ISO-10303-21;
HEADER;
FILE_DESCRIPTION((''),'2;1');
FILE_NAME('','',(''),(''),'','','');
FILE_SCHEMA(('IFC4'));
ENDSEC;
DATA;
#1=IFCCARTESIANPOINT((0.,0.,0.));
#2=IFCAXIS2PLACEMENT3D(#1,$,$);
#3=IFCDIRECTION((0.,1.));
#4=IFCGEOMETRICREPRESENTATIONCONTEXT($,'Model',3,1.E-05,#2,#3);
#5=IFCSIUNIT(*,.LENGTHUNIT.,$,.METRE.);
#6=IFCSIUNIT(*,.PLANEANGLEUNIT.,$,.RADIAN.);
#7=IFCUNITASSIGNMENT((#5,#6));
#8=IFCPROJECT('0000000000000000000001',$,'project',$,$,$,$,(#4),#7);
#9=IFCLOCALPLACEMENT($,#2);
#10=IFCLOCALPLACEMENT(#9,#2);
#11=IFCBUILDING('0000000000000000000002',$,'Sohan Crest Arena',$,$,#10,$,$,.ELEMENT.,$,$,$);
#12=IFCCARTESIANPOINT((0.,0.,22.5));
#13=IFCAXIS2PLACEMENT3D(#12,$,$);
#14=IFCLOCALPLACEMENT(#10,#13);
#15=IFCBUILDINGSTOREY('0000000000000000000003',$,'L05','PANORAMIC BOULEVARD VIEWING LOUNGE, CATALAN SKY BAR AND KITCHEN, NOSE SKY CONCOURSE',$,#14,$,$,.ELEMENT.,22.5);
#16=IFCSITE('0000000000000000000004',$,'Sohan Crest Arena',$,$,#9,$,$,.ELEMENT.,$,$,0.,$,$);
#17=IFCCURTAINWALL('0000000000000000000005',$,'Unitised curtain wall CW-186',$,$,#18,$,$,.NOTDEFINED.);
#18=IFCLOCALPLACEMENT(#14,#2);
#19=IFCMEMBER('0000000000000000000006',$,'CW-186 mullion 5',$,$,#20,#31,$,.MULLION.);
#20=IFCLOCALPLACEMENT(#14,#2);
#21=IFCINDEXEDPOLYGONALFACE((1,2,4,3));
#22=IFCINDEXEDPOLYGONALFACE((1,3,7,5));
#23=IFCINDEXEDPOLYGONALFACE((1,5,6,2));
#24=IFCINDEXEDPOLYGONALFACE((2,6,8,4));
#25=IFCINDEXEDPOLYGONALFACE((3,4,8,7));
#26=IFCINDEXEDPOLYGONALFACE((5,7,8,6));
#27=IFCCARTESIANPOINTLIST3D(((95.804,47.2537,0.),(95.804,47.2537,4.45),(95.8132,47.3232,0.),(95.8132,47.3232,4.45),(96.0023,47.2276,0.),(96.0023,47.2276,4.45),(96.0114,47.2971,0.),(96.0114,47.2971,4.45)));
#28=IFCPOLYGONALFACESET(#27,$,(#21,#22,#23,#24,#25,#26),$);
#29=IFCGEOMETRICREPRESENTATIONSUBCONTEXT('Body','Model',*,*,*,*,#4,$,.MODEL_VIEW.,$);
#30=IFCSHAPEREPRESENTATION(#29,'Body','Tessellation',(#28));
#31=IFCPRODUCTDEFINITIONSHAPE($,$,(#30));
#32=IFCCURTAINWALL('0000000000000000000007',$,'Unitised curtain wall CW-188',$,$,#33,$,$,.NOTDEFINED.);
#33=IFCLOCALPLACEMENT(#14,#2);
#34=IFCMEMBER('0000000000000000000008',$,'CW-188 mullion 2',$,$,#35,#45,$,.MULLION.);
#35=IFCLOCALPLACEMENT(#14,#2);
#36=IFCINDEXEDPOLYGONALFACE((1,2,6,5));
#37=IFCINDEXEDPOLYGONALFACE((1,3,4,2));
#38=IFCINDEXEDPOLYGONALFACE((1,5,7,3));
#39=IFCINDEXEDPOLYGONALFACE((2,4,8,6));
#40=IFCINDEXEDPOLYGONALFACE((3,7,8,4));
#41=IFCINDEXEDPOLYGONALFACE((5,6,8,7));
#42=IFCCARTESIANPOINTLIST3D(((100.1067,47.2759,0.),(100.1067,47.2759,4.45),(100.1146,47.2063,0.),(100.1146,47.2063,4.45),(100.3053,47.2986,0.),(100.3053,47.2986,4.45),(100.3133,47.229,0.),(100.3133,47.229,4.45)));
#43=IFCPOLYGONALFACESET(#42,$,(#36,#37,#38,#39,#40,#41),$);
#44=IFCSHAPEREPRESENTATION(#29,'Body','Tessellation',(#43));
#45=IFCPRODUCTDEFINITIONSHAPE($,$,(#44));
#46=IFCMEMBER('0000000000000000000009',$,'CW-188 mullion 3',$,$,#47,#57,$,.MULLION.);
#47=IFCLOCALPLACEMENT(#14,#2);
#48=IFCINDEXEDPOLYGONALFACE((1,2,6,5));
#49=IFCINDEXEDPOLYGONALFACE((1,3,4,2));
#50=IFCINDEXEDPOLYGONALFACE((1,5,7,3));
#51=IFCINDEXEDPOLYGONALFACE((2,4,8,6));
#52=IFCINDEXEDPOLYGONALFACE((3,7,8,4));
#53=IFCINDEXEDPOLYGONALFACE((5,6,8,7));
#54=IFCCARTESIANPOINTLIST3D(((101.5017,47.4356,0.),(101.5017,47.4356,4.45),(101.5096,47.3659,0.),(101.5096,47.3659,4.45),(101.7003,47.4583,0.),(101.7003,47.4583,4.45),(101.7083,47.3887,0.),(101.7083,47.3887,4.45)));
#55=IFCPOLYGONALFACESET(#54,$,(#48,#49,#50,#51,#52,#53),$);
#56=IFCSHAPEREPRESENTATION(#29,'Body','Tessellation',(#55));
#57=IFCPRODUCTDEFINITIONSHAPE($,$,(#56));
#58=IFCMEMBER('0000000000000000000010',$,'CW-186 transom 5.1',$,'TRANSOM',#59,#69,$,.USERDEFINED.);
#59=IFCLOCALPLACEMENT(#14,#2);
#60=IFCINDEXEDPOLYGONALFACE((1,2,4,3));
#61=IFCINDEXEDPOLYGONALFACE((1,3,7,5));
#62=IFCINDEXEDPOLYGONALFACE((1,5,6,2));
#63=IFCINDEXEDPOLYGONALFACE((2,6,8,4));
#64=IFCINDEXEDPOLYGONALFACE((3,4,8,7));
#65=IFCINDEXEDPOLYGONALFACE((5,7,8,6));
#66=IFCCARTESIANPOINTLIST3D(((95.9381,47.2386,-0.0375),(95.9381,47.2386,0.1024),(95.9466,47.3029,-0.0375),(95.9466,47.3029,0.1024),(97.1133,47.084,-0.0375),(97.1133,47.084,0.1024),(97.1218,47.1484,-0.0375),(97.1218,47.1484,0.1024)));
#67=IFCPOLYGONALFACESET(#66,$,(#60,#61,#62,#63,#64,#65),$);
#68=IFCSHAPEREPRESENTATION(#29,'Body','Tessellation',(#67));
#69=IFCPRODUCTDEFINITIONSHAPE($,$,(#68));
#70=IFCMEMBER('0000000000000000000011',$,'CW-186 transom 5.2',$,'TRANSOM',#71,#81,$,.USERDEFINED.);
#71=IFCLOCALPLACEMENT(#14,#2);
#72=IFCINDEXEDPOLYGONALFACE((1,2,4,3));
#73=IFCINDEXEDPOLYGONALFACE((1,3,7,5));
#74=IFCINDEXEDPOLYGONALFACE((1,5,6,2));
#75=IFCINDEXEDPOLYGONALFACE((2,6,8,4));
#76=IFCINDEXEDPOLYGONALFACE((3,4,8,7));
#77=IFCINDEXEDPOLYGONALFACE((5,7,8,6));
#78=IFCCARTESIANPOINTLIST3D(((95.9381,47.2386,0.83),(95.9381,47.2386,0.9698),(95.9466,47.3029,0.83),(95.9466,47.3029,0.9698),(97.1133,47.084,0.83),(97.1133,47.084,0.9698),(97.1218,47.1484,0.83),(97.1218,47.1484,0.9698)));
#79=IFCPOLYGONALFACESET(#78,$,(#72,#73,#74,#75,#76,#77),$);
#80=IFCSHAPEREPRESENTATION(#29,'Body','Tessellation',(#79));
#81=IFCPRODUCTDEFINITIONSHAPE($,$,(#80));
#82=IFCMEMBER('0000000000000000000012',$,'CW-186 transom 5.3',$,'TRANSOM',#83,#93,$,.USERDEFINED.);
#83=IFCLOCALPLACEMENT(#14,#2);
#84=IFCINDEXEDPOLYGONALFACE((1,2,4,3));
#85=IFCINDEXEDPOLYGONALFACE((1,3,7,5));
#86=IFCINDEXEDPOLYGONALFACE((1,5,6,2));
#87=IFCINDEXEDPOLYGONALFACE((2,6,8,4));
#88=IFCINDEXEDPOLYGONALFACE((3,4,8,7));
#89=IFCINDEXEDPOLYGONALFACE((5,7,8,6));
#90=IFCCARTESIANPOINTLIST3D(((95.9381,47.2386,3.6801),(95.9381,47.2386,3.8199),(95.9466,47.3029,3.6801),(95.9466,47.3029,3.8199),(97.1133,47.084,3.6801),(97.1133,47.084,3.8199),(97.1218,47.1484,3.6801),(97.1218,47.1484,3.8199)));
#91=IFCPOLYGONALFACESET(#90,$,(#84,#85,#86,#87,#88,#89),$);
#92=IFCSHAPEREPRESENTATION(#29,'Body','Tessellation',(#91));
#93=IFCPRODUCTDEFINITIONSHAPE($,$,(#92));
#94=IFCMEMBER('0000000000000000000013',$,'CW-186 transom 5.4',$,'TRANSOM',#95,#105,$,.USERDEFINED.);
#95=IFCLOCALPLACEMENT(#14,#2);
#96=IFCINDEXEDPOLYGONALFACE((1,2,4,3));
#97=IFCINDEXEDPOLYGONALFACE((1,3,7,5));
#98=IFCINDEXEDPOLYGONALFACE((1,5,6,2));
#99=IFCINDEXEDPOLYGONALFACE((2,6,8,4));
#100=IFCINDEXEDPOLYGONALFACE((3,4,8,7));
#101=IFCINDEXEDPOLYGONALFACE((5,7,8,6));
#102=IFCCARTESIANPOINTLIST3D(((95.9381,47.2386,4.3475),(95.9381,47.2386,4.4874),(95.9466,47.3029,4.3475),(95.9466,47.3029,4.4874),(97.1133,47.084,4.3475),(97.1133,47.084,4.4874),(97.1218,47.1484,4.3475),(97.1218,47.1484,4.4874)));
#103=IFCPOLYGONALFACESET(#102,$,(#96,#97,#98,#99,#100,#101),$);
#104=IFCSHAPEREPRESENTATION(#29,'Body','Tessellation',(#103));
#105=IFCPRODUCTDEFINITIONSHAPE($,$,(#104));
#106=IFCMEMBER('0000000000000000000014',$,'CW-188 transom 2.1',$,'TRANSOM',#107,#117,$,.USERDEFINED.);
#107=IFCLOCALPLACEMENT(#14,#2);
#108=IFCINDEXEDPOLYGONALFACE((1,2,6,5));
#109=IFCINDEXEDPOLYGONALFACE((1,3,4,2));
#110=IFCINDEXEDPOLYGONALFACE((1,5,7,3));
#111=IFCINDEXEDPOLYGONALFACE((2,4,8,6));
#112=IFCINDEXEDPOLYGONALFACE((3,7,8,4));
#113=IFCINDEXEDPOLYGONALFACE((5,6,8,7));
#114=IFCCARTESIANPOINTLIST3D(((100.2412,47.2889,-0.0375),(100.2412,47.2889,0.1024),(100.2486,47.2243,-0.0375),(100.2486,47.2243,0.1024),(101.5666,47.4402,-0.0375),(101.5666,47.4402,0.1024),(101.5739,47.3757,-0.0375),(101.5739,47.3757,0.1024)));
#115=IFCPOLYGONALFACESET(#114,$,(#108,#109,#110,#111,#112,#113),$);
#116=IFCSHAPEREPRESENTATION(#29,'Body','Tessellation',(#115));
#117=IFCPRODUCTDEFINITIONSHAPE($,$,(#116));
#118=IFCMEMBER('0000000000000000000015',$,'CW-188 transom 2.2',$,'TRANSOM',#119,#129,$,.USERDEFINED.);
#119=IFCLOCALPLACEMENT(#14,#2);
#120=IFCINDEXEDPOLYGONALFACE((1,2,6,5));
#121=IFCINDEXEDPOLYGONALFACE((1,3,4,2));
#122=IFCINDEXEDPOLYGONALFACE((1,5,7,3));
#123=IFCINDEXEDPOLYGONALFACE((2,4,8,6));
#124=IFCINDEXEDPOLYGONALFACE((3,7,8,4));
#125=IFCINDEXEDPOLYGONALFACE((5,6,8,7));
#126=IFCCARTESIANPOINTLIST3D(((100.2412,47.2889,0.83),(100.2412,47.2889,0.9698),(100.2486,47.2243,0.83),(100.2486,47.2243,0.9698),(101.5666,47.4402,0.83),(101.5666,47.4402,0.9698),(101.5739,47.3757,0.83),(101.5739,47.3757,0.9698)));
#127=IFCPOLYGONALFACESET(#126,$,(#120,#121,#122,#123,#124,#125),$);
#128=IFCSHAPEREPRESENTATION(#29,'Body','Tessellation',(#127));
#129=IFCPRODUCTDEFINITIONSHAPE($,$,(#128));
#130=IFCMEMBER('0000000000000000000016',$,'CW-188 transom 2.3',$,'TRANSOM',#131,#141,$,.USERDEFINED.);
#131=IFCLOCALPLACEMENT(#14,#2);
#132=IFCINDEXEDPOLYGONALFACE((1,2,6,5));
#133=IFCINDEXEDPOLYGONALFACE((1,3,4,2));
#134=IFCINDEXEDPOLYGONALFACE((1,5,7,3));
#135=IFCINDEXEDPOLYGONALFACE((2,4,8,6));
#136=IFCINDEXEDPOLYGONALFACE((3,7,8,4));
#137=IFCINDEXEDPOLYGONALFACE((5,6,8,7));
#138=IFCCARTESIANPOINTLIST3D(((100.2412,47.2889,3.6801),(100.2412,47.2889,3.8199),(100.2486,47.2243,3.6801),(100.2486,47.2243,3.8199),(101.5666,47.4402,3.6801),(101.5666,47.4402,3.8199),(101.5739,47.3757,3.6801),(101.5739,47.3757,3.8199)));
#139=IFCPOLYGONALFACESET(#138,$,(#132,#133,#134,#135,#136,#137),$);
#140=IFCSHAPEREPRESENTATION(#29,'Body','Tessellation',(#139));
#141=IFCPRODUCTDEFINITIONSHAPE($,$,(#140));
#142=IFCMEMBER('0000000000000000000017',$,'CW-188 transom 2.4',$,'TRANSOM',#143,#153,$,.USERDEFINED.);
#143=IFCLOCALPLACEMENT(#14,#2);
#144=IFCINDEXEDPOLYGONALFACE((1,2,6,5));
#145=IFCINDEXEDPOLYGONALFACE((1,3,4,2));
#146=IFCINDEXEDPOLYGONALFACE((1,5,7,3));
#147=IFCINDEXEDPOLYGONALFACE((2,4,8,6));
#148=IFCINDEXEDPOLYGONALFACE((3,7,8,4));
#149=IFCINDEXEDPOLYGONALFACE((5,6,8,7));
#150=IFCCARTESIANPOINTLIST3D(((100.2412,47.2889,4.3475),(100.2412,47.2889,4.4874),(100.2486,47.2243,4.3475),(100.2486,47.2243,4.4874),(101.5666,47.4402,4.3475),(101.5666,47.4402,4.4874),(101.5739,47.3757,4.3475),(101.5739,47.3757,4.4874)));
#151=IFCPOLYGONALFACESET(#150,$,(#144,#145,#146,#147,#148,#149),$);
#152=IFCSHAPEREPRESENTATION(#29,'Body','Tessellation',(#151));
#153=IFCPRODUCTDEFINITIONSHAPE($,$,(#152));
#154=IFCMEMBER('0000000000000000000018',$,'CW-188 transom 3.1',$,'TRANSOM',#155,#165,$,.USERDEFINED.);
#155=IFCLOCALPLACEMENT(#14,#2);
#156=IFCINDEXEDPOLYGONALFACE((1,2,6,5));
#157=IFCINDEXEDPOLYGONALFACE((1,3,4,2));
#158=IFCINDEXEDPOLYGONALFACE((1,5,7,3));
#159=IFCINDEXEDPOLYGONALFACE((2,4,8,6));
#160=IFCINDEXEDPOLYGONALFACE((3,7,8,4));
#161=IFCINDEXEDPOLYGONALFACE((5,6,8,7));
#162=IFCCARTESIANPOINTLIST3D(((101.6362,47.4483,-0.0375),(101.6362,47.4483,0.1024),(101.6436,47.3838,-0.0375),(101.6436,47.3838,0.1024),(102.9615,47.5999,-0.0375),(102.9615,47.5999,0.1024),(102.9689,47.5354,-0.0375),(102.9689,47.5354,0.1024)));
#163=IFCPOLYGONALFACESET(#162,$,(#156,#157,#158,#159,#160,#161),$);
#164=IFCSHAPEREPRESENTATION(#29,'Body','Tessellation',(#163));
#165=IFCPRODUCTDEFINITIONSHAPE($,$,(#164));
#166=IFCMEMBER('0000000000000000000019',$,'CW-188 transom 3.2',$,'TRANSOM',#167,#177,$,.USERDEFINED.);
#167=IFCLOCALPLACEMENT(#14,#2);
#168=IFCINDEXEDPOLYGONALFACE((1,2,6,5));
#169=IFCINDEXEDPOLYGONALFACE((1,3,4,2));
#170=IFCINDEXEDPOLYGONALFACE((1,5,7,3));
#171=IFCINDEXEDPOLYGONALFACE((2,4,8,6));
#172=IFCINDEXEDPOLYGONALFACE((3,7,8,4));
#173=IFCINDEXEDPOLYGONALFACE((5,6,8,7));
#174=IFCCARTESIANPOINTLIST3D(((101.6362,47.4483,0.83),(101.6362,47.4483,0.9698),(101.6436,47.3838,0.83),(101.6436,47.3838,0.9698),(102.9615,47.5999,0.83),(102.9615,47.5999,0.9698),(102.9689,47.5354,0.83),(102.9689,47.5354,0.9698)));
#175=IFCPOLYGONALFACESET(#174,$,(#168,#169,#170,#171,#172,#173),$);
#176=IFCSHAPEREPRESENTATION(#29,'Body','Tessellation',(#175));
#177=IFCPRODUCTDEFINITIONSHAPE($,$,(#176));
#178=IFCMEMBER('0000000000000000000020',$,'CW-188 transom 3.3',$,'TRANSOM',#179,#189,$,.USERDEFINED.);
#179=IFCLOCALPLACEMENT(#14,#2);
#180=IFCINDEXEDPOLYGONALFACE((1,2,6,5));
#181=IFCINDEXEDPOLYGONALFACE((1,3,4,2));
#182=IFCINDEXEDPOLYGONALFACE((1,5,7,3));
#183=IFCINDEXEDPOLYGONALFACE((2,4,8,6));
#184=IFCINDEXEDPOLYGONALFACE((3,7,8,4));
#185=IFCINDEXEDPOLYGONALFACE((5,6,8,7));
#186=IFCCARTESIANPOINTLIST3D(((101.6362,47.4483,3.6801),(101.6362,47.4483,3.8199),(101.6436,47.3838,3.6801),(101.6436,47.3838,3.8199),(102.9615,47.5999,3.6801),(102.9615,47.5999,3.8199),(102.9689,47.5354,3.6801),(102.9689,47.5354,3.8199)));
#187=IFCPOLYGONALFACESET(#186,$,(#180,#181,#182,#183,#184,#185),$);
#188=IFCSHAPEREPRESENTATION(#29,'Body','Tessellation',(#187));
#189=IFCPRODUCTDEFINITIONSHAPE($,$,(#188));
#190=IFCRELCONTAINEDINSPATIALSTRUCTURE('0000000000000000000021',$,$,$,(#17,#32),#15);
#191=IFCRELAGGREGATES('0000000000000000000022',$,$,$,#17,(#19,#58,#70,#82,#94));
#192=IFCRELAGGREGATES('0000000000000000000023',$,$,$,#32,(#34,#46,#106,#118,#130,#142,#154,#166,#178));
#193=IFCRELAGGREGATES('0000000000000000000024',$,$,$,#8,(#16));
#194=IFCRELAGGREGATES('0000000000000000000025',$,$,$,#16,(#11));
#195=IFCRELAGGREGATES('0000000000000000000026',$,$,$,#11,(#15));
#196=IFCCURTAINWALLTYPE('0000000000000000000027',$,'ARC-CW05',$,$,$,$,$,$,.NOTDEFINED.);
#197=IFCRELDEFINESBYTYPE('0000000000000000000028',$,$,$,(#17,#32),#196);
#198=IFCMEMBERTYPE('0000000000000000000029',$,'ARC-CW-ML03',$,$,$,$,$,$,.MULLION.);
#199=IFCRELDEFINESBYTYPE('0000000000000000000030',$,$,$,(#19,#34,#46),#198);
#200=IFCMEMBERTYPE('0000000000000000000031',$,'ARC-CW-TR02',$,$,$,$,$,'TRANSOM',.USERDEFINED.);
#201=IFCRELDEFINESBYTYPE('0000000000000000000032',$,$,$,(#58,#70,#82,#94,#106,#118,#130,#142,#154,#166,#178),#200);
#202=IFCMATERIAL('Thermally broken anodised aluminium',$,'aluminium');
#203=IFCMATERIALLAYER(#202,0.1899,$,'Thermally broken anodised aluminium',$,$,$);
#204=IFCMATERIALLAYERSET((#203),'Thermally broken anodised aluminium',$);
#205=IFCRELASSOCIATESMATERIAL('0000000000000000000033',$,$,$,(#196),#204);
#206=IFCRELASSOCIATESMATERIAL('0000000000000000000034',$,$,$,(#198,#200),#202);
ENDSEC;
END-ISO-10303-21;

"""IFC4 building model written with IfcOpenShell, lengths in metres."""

from ifc_helpers import new_model, si_unit, direction, frame, origin, origin_2d, place, context, subcontext, project, spatial, rectangle, extrude, material, layer, layer_set, material_profile, profile_set, type_object, element, aggregate, save


model = new_model("IFC4")

# Units and contexts
model_context = context("Model", 3, precision=1e-05, world=origin(), true_north=direction((0.0, 1.0)))
body_context = subcontext(model_context, "Body", "Model", "MODEL_VIEW")
ifc_project = project(units=[si_unit("LENGTHUNIT", "METRE"), si_unit("PLANEANGLEUNIT", "RADIAN")], contexts=[model_context])

# Site, building, storey
site_placement = place(None, origin())
site = spatial("IfcSite", under=ifc_project, at=site_placement, Name="Sohan Crest Arena", CompositionType="ELEMENT", RefElevation=0.0)
building_placement = place(site_placement, origin())
building = spatial("IfcBuilding", under=site, at=building_placement, Name="Sohan Crest Arena", CompositionType="ELEMENT")
storey_placement = place(building_placement, frame((0.0, 0.0, 22.5)))
storey = spatial("IfcBuildingStorey", under=building, at=storey_placement, Name="L05", Description="PANORAMIC BOULEVARD VIEWING LOUNGE, CATALAN SKY BAR AND KITCHEN, NOSE SKY CONCOURSE", CompositionType="ELEMENT", Elevation=22.5)

# Curtain wall, member
ifc_material_1 = material(Name="Thermally broken anodised aluminium", Category="aluminium")
ifc_layer_1 = layer(ifc_material_1, 0.1899, Name="Thermally broken anodised aluminium")
ifc_layer_set_1 = layer_set([ifc_layer_1], Name="Thermally broken anodised aluminium")
curtain_wall_type = type_object("IfcCurtainWallType", Name="ARC-CW05", PredefinedType="NOTDEFINED", material=ifc_layer_set_1)
curtain_wall_1_placement = place(storey_placement, origin())
curtain_wall_1 = element("IfcCurtainWall", 1, at=curtain_wall_1_placement, inside=storey, type_object=curtain_wall_type, Name="Unitised curtain wall CW-186", PredefinedType="NOTDEFINED")
ifc_material_profile_1 = material_profile(ifc_material_1, rectangle(XDim=0.0701, YDim=0.2, at=origin_2d()), Name="ALU-MULL 70x200")
ifc_profile_set_1 = profile_set([ifc_material_profile_1], Name="Thermally broken anodised aluminium")
member_type_1 = type_object("IfcMemberType", Name="ARC-CW-ML03", PredefinedType="MULLION", material=ifc_profile_set_1)
member_1_placement = place(storey_placement, frame((95.9077, 47.2754, 0.0), z_axis=(0.0, 0.0, 1.0), x_axis=(0.130499, 0.991448, 0.0)))
member_1 = element("IfcMember", 2, at=member_1_placement, type_object=member_type_1, Name="CW-186 mullion 5", PredefinedType="MULLION", context=body_context, shape_type="SweptSolid", body=[
    extrude(rectangle(XDim=0.0701, YDim=0.2, at=origin_2d()), origin(), (0.0, 0.0, 1.0), 4.45),
])

# Curtain wall, members
curtain_wall_2_placement = place(storey_placement, origin())
curtain_wall_2 = element("IfcCurtainWall", 3, at=curtain_wall_2_placement, inside=storey, type_object=curtain_wall_type, Name="Unitised curtain wall CW-188", PredefinedType="NOTDEFINED")
member_2_placement = place(storey_placement, frame((100.21, 47.2524, 0.0), z_axis=(0.0, 0.0, 1.0), x_axis=(-0.113597, 0.993527, 0.0)))
member_2 = element("IfcMember", 4, at=member_2_placement, type_object=member_type_1, Name="CW-188 mullion 2", PredefinedType="MULLION", context=body_context, shape_type="SweptSolid", body=[
    extrude(rectangle(XDim=0.0701, YDim=0.2, at=origin_2d()), origin(), (0.0, 0.0, 1.0), 4.45),
])
member_3_placement = place(storey_placement, frame((101.605, 47.4121, 0.0), z_axis=(0.0, 0.0, 1.0), x_axis=(-0.113597, 0.993527, 0.0)))
member_3 = element("IfcMember", 5, at=member_3_placement, type_object=member_type_1, Name="CW-188 mullion 3", PredefinedType="MULLION", context=body_context, shape_type="SweptSolid", body=[
    extrude(rectangle(XDim=0.0701, YDim=0.2, at=origin_2d()), origin(), (0.0, 0.0, 1.0), 4.45),
])

# Members
ifc_material_profile_2 = material_profile(ifc_material_1, rectangle(XDim=0.0649, YDim=0.1399, at=origin_2d()), Name="ALU-TRAN 65x140")
ifc_profile_set_2 = profile_set([ifc_material_profile_2], Name="Thermally broken anodised aluminium")
member_type_2 = type_object("IfcMemberType", Name="ARC-CW-TR02", ElementType="TRANSOM", PredefinedType="USERDEFINED", material=ifc_profile_set_2)
member_4_placement = place(storey_placement, frame((95.9424, 47.2708, 0.0325), z_axis=(0.991466, -0.130369, 0.0), x_axis=(0.130369, 0.991466, 0.0)))
member_4 = element("IfcMember", 6, at=member_4_placement, type_object=member_type_2, Name="CW-186 transom 5.1", ObjectType="TRANSOM", PredefinedType="USERDEFINED", context=body_context, shape_type="SweptSolid", body=[
    extrude(rectangle(XDim=0.0649, YDim=0.1399, at=origin_2d()), origin(), (0.0, 0.0, 1.0), 1.1853),
])
member_5_placement = place(storey_placement, frame((95.9424, 47.2708, 0.8999), z_axis=(0.991466, -0.130369, 0.0), x_axis=(0.130369, 0.991466, 0.0)))
member_5 = element("IfcMember", 7, at=member_5_placement, type_object=member_type_2, Name="CW-186 transom 5.2", ObjectType="TRANSOM", PredefinedType="USERDEFINED", context=body_context, shape_type="SweptSolid", body=[
    extrude(rectangle(XDim=0.0649, YDim=0.1399, at=origin_2d()), origin(), (0.0, 0.0, 1.0), 1.1853),
])
member_6_placement = place(storey_placement, frame((95.9424, 47.2708, 3.75), z_axis=(0.991466, -0.130369, 0.0), x_axis=(0.130369, 0.991466, 0.0)))
member_6 = element("IfcMember", 8, at=member_6_placement, type_object=member_type_2, Name="CW-186 transom 5.3", ObjectType="TRANSOM", PredefinedType="USERDEFINED", context=body_context, shape_type="SweptSolid", body=[
    extrude(rectangle(XDim=0.0649, YDim=0.1399, at=origin_2d()), origin(), (0.0, 0.0, 1.0), 1.1853),
])
member_7_placement = place(storey_placement, frame((95.9424, 47.2708, 4.4175), z_axis=(0.991466, -0.130369, 0.0), x_axis=(0.130369, 0.991466, 0.0)))
member_7 = element("IfcMember", 9, at=member_7_placement, type_object=member_type_2, Name="CW-186 transom 5.4", ObjectType="TRANSOM", PredefinedType="USERDEFINED", context=body_context, shape_type="SweptSolid", body=[
    extrude(rectangle(XDim=0.0649, YDim=0.1399, at=origin_2d()), origin(), (0.0, 0.0, 1.0), 1.1853),
])
member_8_placement = place(storey_placement, frame((100.2449, 47.2566, 0.0325), z_axis=(0.993542, 0.113464, 0.0), x_axis=(-0.113464, 0.993542, 0.0)))
member_8 = element("IfcMember", 10, at=member_8_placement, type_object=member_type_2, Name="CW-188 transom 2.1", ObjectType="TRANSOM", PredefinedType="USERDEFINED", context=body_context, shape_type="SweptSolid", body=[
    extrude(rectangle(XDim=0.0649, YDim=0.1399, at=origin_2d()), origin(), (0.0, 0.0, 1.0), 1.334),
])
member_9_placement = place(storey_placement, frame((100.2449, 47.2566, 0.8999), z_axis=(0.993542, 0.113464, 0.0), x_axis=(-0.113464, 0.993542, 0.0)))
member_9 = element("IfcMember", 11, at=member_9_placement, type_object=member_type_2, Name="CW-188 transom 2.2", ObjectType="TRANSOM", PredefinedType="USERDEFINED", context=body_context, shape_type="SweptSolid", body=[
    extrude(rectangle(XDim=0.0649, YDim=0.1399, at=origin_2d()), origin(), (0.0, 0.0, 1.0), 1.334),
])
member_10_placement = place(storey_placement, frame((100.2449, 47.2566, 3.75), z_axis=(0.993542, 0.113464, 0.0), x_axis=(-0.113464, 0.993542, 0.0)))
member_10 = element("IfcMember", 12, at=member_10_placement, type_object=member_type_2, Name="CW-188 transom 2.3", ObjectType="TRANSOM", PredefinedType="USERDEFINED", context=body_context, shape_type="SweptSolid", body=[
    extrude(rectangle(XDim=0.0649, YDim=0.1399, at=origin_2d()), origin(), (0.0, 0.0, 1.0), 1.334),
])
member_11_placement = place(storey_placement, frame((100.2449, 47.2566, 4.4175), z_axis=(0.993542, 0.113464, 0.0), x_axis=(-0.113464, 0.993542, 0.0)))
member_11 = element("IfcMember", 13, at=member_11_placement, type_object=member_type_2, Name="CW-188 transom 2.4", ObjectType="TRANSOM", PredefinedType="USERDEFINED", context=body_context, shape_type="SweptSolid", body=[
    extrude(rectangle(XDim=0.0649, YDim=0.1399, at=origin_2d()), origin(), (0.0, 0.0, 1.0), 1.334),
])
member_12_placement = place(storey_placement, frame((101.6399, 47.416, 0.0325), z_axis=(0.993521, 0.113645, 0.0), x_axis=(-0.113645, 0.993521, 0.0)))
member_12 = element("IfcMember", 14, at=member_12_placement, type_object=member_type_2, Name="CW-188 transom 3.1", ObjectType="TRANSOM", PredefinedType="USERDEFINED", context=body_context, shape_type="SweptSolid", body=[
    extrude(rectangle(XDim=0.0649, YDim=0.1399, at=origin_2d()), origin(), (0.0, 0.0, 1.0), 1.334),
])
member_13_placement = place(storey_placement, frame((101.6399, 47.416, 0.8999), z_axis=(0.993521, 0.113645, 0.0), x_axis=(-0.113645, 0.993521, 0.0)))
member_13 = element("IfcMember", 15, at=member_13_placement, type_object=member_type_2, Name="CW-188 transom 3.2", ObjectType="TRANSOM", PredefinedType="USERDEFINED", context=body_context, shape_type="SweptSolid", body=[
    extrude(rectangle(XDim=0.0649, YDim=0.1399, at=origin_2d()), origin(), (0.0, 0.0, 1.0), 1.334),
])
member_14_placement = place(storey_placement, frame((101.6399, 47.416, 3.75), z_axis=(0.993521, 0.113645, 0.0), x_axis=(-0.113645, 0.993521, 0.0)))
member_14 = element("IfcMember", 16, at=member_14_placement, type_object=member_type_2, Name="CW-188 transom 3.3", ObjectType="TRANSOM", PredefinedType="USERDEFINED", context=body_context, shape_type="SweptSolid", body=[
    extrude(rectangle(XDim=0.0649, YDim=0.1399, at=origin_2d()), origin(), (0.0, 0.0, 1.0), 1.334),
])

aggregate(curtain_wall_1, [member_1, member_4, member_5, member_6, member_7])
aggregate(curtain_wall_2, [member_2, member_3, member_8, member_9, member_10, member_11, member_12, member_13, member_14])

save(model, "model.ifc")
